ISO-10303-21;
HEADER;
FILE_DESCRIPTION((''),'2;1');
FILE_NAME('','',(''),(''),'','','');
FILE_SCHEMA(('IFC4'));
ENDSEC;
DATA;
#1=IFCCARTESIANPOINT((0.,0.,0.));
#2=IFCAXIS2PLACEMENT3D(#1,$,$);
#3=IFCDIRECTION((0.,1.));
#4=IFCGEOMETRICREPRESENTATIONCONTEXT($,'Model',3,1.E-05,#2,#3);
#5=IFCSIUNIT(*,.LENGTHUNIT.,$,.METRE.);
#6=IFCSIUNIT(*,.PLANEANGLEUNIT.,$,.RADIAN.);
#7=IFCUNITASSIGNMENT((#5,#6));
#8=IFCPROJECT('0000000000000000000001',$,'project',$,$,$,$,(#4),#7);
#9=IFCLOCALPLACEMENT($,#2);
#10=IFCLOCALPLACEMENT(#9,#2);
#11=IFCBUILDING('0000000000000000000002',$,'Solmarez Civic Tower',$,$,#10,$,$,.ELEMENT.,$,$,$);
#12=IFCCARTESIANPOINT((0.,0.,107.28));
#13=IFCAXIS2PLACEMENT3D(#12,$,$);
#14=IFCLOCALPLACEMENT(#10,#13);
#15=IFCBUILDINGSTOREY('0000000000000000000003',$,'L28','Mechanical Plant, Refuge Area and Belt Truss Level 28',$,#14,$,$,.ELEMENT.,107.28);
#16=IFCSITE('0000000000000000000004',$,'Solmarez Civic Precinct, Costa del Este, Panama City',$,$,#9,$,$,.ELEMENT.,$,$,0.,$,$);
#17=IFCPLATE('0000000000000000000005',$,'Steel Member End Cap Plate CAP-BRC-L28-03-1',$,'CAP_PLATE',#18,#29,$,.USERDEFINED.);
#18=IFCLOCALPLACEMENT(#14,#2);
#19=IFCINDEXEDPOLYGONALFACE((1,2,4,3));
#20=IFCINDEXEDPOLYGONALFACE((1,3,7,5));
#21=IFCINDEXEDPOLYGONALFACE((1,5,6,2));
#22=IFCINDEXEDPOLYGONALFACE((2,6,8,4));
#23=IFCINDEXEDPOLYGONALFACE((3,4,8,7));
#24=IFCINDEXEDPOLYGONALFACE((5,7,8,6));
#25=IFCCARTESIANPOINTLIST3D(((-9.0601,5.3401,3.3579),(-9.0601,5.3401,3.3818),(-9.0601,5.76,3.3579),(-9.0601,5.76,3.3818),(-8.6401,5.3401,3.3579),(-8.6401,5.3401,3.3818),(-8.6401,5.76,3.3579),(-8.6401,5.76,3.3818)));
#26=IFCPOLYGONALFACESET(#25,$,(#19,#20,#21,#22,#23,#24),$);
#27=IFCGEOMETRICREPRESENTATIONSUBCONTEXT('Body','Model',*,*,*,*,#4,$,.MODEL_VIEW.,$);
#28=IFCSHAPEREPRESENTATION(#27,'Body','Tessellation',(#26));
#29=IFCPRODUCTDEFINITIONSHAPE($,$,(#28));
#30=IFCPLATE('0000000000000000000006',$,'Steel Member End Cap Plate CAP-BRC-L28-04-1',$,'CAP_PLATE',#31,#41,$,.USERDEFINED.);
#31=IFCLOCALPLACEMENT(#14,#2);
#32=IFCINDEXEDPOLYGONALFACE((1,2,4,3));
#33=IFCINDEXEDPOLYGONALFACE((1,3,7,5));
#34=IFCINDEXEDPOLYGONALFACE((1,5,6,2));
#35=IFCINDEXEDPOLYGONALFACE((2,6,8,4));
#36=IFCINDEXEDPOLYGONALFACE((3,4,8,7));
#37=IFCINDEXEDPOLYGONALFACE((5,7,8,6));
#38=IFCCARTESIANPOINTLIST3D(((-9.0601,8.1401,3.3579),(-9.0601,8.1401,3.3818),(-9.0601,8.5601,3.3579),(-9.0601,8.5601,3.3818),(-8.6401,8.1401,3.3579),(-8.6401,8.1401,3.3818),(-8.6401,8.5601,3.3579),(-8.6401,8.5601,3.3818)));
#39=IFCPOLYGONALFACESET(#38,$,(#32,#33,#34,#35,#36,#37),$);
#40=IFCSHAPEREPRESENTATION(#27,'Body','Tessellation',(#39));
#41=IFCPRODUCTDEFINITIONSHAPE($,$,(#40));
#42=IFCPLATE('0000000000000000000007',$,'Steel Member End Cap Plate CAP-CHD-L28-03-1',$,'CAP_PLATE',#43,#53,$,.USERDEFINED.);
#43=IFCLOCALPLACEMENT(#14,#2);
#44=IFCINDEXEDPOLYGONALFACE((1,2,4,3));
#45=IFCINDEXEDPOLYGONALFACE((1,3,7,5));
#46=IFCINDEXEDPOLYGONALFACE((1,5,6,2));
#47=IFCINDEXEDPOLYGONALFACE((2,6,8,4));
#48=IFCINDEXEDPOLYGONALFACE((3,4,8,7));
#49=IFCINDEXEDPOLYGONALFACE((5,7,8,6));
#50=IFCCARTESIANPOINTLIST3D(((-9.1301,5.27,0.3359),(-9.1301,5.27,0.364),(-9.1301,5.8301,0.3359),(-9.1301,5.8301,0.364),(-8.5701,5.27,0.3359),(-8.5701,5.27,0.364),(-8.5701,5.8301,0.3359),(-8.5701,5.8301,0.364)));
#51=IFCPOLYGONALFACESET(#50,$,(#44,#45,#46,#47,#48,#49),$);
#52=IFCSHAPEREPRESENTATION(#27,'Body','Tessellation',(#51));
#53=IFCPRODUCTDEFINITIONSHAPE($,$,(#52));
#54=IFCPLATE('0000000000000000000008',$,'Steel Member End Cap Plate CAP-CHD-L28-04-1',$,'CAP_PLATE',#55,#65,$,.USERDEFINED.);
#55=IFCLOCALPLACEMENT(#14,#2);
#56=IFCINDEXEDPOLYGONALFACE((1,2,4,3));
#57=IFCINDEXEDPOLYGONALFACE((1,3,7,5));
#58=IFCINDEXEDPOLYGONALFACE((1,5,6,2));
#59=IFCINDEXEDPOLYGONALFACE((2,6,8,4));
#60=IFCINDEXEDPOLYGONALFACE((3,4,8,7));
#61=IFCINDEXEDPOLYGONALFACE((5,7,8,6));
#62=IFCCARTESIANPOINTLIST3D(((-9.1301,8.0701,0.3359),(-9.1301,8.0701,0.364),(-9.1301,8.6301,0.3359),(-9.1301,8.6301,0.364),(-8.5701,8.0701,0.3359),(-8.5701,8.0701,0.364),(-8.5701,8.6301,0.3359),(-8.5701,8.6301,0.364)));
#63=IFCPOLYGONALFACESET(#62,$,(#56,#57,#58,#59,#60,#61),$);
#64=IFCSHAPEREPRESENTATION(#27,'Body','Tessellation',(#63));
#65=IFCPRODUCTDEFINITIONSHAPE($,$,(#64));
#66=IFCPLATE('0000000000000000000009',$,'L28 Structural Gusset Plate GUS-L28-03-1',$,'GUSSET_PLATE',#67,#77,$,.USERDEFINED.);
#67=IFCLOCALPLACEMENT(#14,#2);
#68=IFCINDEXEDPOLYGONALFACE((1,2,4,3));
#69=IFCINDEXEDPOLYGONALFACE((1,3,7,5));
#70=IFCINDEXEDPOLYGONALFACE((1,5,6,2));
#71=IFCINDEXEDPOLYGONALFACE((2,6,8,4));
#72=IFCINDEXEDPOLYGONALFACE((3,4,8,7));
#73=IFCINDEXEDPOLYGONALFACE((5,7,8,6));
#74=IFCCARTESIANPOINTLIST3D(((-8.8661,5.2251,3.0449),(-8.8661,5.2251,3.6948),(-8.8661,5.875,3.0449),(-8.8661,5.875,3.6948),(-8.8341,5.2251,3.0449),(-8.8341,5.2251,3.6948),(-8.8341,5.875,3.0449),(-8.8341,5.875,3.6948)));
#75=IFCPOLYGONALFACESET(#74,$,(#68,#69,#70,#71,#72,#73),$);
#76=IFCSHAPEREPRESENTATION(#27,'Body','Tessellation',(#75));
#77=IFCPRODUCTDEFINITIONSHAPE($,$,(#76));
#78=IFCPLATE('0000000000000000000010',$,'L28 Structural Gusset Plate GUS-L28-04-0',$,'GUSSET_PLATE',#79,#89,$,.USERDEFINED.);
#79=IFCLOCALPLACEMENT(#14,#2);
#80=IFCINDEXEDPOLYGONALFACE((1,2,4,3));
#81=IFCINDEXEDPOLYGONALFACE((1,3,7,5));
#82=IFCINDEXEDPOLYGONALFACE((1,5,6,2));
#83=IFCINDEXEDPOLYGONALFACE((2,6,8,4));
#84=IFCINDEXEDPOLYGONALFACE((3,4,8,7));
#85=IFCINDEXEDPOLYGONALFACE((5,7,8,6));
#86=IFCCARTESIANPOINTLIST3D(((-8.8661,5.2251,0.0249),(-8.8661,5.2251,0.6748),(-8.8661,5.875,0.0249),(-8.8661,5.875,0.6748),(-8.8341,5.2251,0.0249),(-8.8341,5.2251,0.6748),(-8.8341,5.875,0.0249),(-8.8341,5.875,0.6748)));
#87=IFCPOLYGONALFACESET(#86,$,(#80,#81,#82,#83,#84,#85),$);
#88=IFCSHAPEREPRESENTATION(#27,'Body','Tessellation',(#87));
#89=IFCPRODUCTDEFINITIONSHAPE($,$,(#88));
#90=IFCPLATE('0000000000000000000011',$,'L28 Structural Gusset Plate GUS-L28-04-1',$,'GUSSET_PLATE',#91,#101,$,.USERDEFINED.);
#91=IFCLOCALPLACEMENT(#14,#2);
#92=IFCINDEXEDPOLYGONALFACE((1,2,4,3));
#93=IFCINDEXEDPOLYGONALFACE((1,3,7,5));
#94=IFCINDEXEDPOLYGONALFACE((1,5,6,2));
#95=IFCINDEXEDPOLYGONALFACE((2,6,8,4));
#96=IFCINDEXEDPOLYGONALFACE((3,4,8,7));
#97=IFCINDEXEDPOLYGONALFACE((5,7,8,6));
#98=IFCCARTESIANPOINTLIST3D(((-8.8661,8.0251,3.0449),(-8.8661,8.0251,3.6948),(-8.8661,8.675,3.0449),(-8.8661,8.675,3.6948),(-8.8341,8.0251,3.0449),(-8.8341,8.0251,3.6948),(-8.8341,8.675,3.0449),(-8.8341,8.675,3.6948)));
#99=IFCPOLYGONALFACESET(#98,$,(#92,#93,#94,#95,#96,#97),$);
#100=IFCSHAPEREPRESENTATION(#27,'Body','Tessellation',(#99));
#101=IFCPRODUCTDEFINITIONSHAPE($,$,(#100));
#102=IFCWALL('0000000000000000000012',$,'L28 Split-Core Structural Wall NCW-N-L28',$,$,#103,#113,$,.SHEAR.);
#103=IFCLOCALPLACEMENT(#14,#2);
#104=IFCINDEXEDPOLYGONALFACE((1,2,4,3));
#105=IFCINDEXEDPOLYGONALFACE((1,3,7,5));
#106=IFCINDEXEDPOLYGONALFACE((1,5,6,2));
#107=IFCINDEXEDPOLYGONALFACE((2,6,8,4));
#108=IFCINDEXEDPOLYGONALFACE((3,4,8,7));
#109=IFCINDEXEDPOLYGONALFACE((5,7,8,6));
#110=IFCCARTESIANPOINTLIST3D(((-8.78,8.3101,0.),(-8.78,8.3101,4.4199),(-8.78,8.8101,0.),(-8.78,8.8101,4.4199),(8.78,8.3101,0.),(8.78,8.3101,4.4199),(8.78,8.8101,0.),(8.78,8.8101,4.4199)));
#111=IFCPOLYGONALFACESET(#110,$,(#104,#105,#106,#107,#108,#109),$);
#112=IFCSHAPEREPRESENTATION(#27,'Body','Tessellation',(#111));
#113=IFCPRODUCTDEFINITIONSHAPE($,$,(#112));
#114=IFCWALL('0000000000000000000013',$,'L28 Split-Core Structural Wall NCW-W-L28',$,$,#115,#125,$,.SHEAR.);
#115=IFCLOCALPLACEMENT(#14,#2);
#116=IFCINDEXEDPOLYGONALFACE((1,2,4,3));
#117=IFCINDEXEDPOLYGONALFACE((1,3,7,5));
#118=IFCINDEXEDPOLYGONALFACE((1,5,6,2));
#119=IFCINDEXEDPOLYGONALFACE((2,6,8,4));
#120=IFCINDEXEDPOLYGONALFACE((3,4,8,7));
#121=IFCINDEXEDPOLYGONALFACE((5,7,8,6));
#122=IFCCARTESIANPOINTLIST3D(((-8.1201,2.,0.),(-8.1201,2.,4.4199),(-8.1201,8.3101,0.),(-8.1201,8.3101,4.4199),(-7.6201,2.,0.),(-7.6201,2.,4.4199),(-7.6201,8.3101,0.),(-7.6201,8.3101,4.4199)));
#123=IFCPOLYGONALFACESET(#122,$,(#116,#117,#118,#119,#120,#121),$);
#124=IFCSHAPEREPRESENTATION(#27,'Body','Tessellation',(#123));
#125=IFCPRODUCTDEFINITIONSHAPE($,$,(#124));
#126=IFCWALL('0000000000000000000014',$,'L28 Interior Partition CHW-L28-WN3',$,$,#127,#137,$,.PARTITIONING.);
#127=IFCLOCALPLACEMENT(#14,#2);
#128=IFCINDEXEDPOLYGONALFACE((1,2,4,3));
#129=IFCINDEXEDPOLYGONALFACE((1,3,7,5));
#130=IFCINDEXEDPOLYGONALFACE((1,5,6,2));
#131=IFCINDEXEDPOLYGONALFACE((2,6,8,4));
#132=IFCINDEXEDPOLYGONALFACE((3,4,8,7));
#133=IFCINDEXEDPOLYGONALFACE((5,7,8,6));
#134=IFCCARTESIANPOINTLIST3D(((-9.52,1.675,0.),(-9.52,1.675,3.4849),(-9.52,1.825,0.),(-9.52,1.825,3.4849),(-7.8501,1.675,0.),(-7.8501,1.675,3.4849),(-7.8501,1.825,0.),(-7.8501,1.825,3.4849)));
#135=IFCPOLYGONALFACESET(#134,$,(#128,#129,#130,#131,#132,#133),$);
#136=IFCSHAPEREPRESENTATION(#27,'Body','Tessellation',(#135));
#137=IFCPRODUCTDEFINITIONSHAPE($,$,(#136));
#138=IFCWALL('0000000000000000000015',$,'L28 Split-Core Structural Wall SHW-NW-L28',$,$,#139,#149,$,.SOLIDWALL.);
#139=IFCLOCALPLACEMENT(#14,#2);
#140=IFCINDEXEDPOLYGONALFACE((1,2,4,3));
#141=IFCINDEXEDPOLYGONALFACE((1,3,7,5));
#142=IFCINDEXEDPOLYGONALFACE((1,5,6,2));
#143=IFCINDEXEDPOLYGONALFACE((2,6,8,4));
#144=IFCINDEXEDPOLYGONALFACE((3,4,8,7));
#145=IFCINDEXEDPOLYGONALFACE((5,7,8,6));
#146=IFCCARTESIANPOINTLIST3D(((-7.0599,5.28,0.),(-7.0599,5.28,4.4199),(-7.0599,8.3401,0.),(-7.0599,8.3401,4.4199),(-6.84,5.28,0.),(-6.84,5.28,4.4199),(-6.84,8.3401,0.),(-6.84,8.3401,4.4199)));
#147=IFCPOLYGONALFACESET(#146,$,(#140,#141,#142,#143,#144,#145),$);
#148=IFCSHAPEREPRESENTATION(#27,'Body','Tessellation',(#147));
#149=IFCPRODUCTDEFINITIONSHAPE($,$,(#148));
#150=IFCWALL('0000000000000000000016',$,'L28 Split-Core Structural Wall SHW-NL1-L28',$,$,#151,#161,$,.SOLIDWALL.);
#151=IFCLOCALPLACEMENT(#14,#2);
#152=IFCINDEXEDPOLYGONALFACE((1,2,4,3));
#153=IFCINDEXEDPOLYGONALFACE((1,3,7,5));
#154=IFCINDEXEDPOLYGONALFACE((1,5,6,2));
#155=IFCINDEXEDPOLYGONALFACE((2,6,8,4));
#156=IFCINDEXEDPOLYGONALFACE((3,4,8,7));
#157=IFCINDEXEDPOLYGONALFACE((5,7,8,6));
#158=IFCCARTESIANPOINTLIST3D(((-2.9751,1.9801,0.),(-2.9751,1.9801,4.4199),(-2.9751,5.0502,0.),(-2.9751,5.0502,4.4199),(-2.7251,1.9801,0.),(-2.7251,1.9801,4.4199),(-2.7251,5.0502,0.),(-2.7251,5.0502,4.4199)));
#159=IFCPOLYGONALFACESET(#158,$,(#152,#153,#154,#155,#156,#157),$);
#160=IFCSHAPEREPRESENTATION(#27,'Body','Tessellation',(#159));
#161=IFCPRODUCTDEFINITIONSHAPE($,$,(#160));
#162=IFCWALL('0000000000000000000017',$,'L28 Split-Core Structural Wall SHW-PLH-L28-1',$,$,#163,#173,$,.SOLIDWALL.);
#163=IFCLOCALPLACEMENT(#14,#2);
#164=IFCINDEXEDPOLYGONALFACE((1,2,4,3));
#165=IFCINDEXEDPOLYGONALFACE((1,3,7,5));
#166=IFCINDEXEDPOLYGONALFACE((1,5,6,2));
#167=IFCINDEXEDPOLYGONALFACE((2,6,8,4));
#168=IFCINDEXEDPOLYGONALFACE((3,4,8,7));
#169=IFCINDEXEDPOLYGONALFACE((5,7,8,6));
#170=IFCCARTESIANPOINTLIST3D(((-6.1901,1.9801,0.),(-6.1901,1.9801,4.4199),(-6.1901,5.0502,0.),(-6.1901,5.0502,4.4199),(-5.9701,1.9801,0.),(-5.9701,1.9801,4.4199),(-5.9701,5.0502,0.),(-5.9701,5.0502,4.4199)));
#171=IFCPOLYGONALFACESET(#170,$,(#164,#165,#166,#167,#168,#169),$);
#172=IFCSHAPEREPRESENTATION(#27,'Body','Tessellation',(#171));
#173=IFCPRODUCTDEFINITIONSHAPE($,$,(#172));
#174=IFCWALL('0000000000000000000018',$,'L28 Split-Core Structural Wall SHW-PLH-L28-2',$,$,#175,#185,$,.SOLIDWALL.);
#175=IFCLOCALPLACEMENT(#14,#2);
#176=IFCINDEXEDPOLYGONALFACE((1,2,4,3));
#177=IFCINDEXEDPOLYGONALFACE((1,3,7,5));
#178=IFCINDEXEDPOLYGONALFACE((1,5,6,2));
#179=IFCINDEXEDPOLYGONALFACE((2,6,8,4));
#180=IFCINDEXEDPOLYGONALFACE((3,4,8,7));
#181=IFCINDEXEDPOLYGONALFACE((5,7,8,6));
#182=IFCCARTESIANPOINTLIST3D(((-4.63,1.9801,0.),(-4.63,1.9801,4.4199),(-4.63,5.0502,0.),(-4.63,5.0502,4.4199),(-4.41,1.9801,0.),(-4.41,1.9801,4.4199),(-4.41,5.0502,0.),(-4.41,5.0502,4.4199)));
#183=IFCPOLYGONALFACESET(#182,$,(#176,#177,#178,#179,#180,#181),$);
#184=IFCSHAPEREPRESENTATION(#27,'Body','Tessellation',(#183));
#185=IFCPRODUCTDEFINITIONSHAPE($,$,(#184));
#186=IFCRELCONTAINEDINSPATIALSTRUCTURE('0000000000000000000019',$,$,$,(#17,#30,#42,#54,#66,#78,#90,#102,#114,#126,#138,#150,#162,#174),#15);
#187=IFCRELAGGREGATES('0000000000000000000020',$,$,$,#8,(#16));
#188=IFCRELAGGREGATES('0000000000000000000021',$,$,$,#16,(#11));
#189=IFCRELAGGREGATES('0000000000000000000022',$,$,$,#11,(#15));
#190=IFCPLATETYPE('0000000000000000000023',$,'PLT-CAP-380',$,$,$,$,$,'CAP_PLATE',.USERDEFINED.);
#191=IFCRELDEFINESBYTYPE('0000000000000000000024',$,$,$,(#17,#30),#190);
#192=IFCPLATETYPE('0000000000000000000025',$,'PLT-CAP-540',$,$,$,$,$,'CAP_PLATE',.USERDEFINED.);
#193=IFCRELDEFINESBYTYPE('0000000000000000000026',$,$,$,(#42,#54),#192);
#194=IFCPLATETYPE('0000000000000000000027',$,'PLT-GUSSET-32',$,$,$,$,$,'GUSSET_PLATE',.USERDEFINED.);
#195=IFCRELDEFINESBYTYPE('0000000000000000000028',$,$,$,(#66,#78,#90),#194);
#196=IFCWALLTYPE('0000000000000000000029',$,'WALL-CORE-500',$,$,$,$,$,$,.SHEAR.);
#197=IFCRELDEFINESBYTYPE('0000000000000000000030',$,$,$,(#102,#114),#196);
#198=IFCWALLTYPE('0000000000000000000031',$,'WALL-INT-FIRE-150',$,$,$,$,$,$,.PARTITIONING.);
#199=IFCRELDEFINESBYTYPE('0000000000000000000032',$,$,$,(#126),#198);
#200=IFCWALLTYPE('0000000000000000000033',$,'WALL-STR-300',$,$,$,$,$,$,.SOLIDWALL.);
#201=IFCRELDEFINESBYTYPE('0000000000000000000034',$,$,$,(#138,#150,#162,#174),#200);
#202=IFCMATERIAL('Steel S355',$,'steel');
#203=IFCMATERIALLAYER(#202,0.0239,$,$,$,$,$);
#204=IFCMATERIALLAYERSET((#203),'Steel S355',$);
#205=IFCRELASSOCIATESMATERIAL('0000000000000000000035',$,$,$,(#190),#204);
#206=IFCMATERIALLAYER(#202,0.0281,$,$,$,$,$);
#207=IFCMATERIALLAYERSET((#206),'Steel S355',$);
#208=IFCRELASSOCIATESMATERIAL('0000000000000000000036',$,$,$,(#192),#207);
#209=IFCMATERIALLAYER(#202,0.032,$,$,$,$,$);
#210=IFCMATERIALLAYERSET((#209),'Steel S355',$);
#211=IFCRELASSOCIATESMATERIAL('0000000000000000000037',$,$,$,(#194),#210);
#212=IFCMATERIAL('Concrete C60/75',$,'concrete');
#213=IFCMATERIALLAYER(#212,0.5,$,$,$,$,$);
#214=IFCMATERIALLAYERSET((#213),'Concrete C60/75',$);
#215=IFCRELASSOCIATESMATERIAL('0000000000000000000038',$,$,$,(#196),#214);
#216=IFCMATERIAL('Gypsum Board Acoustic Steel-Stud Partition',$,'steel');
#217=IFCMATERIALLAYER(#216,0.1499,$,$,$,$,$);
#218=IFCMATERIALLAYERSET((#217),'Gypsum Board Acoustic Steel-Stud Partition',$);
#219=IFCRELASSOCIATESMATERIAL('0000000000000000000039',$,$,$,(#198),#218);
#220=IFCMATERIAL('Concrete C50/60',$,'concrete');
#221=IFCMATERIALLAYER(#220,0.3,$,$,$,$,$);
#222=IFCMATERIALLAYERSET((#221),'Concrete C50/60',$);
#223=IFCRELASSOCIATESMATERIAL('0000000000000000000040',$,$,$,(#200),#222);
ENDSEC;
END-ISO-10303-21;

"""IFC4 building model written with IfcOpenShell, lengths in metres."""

from ifc_helpers import new_model, si_unit, direction, frame, frame_2d, origin, origin_2d, place, context, subcontext, project, spatial, rectangle, extrude, material, layer, layer_set, type_object, element, save


model = new_model("IFC4")

# Units and contexts
model_context = context("Model", 3, precision=1e-05, world=origin(), true_north=direction((0.0, 1.0)))
body_context = subcontext(model_context, "Body", "Model", "MODEL_VIEW")
ifc_project = project(units=[si_unit("LENGTHUNIT", "METRE"), si_unit("PLANEANGLEUNIT", "RADIAN")], contexts=[model_context])

# Site, building, storey
site_placement = place(None, origin())
site = spatial("IfcSite", under=ifc_project, at=site_placement, Name="Solmarez Civic Precinct, Costa del Este, Panama City", CompositionType="ELEMENT", RefElevation=0.0)
building_placement = place(site_placement, origin())
building = spatial("IfcBuilding", under=site, at=building_placement, Name="Solmarez Civic Tower", CompositionType="ELEMENT")
storey_placement = place(building_placement, frame((0.0, 0.0, 107.28)))
storey = spatial("IfcBuildingStorey", under=building, at=storey_placement, Name="L28", Description="Mechanical Plant, Refuge Area and Belt Truss Level 28", CompositionType="ELEMENT", Elevation=107.28)

# Shared definitions
ifc_material_1 = material(Name="Concrete C60/75", Category="concrete")

# Shared definitions
ifc_material_2 = material(Name="Concrete C50/60", Category="concrete")
ifc_material_3 = material(Name="Steel S355", Category="steel")

# Plates
ifc_layer_1 = layer(ifc_material_3, 0.0239)
ifc_layer_set_1 = layer_set([ifc_layer_1], Name="Steel S355")
plate_type_1 = type_object("IfcPlateType", Name="PLT-CAP-380", ElementType="CAP_PLATE", PredefinedType="USERDEFINED", material=ifc_layer_set_1)
for number, where, z_axis, x_axis, name in (
    (1, (-8.8501, 5.55, 3.3579), (0.0, 0.0, 1.0), (1.0, 0.0, 0.0), "Steel Member End Cap Plate CAP-BRC-L28-03-1"),
    (2, (-8.8501, 8.3501, 3.3579), (0.0, 0.0, 1.0), (1.0, 0.0, 0.0), "Steel Member End Cap Plate CAP-BRC-L28-04-1"),
):
    element("IfcPlate", number, at=place(storey_placement, frame(where, z_axis=z_axis, x_axis=x_axis)), inside=storey, type_object=plate_type_1, Name=name, ObjectType="CAP_PLATE", PredefinedType="USERDEFINED", context=body_context, shape_type="SweptSolid", body=[
        extrude(rectangle(XDim=0.4199, YDim=0.4199, at=origin_2d()), origin(), (0.0, 0.0, 1.0), 0.0239),
    ])
ifc_layer_2 = layer(ifc_material_3, 0.0281)
ifc_layer_set_2 = layer_set([ifc_layer_2], Name="Steel S355")
plate_type_2 = type_object("IfcPlateType", Name="PLT-CAP-540", ElementType="CAP_PLATE", PredefinedType="USERDEFINED", material=ifc_layer_set_2)
for number, where, z_axis, x_axis, name in (
    (3, (-8.8501, 5.55, 0.3359), (0.0, 0.0, 1.0), (1.0, 0.0, 0.0), "Steel Member End Cap Plate CAP-CHD-L28-03-1"),
    (4, (-8.8501, 8.3501, 0.3359), (0.0, 0.0, 1.0), (1.0, 0.0, 0.0), "Steel Member End Cap Plate CAP-CHD-L28-04-1"),
):
    element("IfcPlate", number, at=place(storey_placement, frame(where, z_axis=z_axis, x_axis=x_axis)), inside=storey, type_object=plate_type_2, Name=name, ObjectType="CAP_PLATE", PredefinedType="USERDEFINED", context=body_context, shape_type="SweptSolid", body=[
        extrude(rectangle(XDim=0.5601, YDim=0.5601, at=origin_2d()), origin(), (0.0, 0.0, 1.0), 0.0281),
    ])
ifc_layer_3 = layer(ifc_material_3, 0.032)
ifc_layer_set_3 = layer_set([ifc_layer_3], Name="Steel S355")
plate_type_3 = type_object("IfcPlateType", Name="PLT-GUSSET-32", ElementType="GUSSET_PLATE", PredefinedType="USERDEFINED", material=ifc_layer_set_3)
for number, where, z_axis, x_axis, name in (
    (5, (-8.8501, 5.55, 3.0449), (0.0, 0.0, 1.0), (0.0, 1.0, 0.0), "L28 Structural Gusset Plate GUS-L28-03-1"),
    (6, (-8.8501, 5.55, 0.0249), (0.0, 0.0, 1.0), (0.0, 1.0, 0.0), "L28 Structural Gusset Plate GUS-L28-04-0"),
    (7, (-8.8501, 8.3501, 3.0449), (0.0, 0.0, 1.0), (0.0, 1.0, 0.0), "L28 Structural Gusset Plate GUS-L28-04-1"),
):
    element("IfcPlate", number, at=place(storey_placement, frame(where, z_axis=z_axis, x_axis=x_axis)), inside=storey, type_object=plate_type_3, Name=name, ObjectType="GUSSET_PLATE", PredefinedType="USERDEFINED", context=body_context, shape_type="SweptSolid", body=[
        extrude(rectangle(XDim=0.6499, YDim=0.032, at=origin_2d()), origin(), (0.0, 0.0, 1.0), 0.6499),
    ])

# Walls
ifc_layer_4 = layer(ifc_material_1, 0.5)
ifc_layer_set_4 = layer_set([ifc_layer_4], Name="Concrete C60/75")
wall_type_1 = type_object("IfcWallType", Name="WALL-CORE-500", PredefinedType="SHEAR", material=ifc_layer_set_4)
wall_1_placement = place(storey_placement, frame((-8.78, 8.5601, 0.0), z_axis=(0.0, 0.0, 1.0), x_axis=(1.0, 0.0, 0.0)))
element("IfcWall", 8, at=wall_1_placement, inside=storey, type_object=wall_type_1, Name="L28 Split-Core Structural Wall NCW-N-L28", PredefinedType="SHEAR", context=body_context, shape_type="SweptSolid", body=[
    extrude(rectangle(XDim=17.5601, YDim=0.5, at=frame_2d((8.78, 0.0))), origin(), (0.0, 0.0, 1.0), 4.4199),
])
wall_2_placement = place(storey_placement, frame((-7.8701, 2.0, 0.0), z_axis=(0.0, 0.0, 1.0), x_axis=(0.0, 1.0, 0.0)))
element("IfcWall", 9, at=wall_2_placement, inside=storey, type_object=wall_type_1, Name="L28 Split-Core Structural Wall NCW-W-L28", PredefinedType="SHEAR", context=body_context, shape_type="SweptSolid", body=[
    extrude(rectangle(XDim=6.3101, YDim=0.5, at=frame_2d((3.155, 0.0))), origin(), (0.0, 0.0, 1.0), 4.4199),
])
ifc_material_4 = material(Name="Gypsum Board Acoustic Steel-Stud Partition", Category="steel")
ifc_layer_5 = layer(ifc_material_4, 0.1499)
ifc_layer_set_5 = layer_set([ifc_layer_5], Name="Gypsum Board Acoustic Steel-Stud Partition")
wall_type_2 = type_object("IfcWallType", Name="WALL-INT-FIRE-150", PredefinedType="PARTITIONING", material=ifc_layer_set_5)
wall_3_placement = place(storey_placement, frame((-7.8501, 1.75, 0.0), z_axis=(0.0, 0.0, 1.0), x_axis=(-1.0, 0.0, 0.0)))
element("IfcWall", 10, at=wall_3_placement, inside=storey, type_object=wall_type_2, Name="L28 Interior Partition CHW-L28-WN3", PredefinedType="PARTITIONING", context=body_context, shape_type="SweptSolid", body=[
    extrude(rectangle(XDim=1.6699, YDim=0.1499, at=frame_2d((0.835, 0.0))), origin(), (0.0, 0.0, 1.0), 3.4849),
])
ifc_layer_6 = layer(ifc_material_2, 0.3)
ifc_layer_set_6 = layer_set([ifc_layer_6], Name="Concrete C50/60")
wall_type_3 = type_object("IfcWallType", Name="WALL-STR-300", PredefinedType="SOLIDWALL", material=ifc_layer_set_6)
wall_4_placement = place(storey_placement, frame((-6.95, 5.28, 0.0), z_axis=(0.0, 0.0, 1.0), x_axis=(0.0, 1.0, 0.0)))
element("IfcWall", 11, at=wall_4_placement, inside=storey, type_object=wall_type_3, Name="L28 Split-Core Structural Wall SHW-NW-L28", PredefinedType="SOLIDWALL", context=body_context, shape_type="SweptSolid", body=[
    extrude(rectangle(XDim=3.0601, YDim=0.22, at=frame_2d((1.53, 0.0))), origin(), (0.0, 0.0, 1.0), 4.4199),
])
wall_5_placement = place(storey_placement, frame((-2.8501, 1.98, 0.0), z_axis=(0.0, 0.0, 1.0), x_axis=(0.0, 1.0, 0.0)))
element("IfcWall", 12, at=wall_5_placement, inside=storey, type_object=wall_type_3, Name="L28 Split-Core Structural Wall SHW-NL1-L28", PredefinedType="SOLIDWALL", context=body_context, shape_type="SweptSolid", body=[
    extrude(rectangle(XDim=3.0701, YDim=0.25, at=frame_2d((1.5352, 0.0))), origin(), (0.0, 0.0, 1.0), 4.4199),
])
for number, where, z_axis, x_axis, name in (
    (13, (-6.0801, 1.98, 0.0), (0.0, 0.0, 1.0), (0.0, 1.0, 0.0), "L28 Split-Core Structural Wall SHW-PLH-L28-1"),
    (14, (-4.52, 1.98, 0.0), (0.0, 0.0, 1.0), (0.0, 1.0, 0.0), "L28 Split-Core Structural Wall SHW-PLH-L28-2"),
):
    element("IfcWall", number, at=place(storey_placement, frame(where, z_axis=z_axis, x_axis=x_axis)), inside=storey, type_object=wall_type_3, Name=name, PredefinedType="SOLIDWALL", context=body_context, shape_type="SweptSolid", body=[
        extrude(rectangle(XDim=3.0701, YDim=0.22, at=frame_2d((1.5352, 0.0))), origin(), (0.0, 0.0, 1.0), 4.4199),
    ])

save(model, "model.ifc")
